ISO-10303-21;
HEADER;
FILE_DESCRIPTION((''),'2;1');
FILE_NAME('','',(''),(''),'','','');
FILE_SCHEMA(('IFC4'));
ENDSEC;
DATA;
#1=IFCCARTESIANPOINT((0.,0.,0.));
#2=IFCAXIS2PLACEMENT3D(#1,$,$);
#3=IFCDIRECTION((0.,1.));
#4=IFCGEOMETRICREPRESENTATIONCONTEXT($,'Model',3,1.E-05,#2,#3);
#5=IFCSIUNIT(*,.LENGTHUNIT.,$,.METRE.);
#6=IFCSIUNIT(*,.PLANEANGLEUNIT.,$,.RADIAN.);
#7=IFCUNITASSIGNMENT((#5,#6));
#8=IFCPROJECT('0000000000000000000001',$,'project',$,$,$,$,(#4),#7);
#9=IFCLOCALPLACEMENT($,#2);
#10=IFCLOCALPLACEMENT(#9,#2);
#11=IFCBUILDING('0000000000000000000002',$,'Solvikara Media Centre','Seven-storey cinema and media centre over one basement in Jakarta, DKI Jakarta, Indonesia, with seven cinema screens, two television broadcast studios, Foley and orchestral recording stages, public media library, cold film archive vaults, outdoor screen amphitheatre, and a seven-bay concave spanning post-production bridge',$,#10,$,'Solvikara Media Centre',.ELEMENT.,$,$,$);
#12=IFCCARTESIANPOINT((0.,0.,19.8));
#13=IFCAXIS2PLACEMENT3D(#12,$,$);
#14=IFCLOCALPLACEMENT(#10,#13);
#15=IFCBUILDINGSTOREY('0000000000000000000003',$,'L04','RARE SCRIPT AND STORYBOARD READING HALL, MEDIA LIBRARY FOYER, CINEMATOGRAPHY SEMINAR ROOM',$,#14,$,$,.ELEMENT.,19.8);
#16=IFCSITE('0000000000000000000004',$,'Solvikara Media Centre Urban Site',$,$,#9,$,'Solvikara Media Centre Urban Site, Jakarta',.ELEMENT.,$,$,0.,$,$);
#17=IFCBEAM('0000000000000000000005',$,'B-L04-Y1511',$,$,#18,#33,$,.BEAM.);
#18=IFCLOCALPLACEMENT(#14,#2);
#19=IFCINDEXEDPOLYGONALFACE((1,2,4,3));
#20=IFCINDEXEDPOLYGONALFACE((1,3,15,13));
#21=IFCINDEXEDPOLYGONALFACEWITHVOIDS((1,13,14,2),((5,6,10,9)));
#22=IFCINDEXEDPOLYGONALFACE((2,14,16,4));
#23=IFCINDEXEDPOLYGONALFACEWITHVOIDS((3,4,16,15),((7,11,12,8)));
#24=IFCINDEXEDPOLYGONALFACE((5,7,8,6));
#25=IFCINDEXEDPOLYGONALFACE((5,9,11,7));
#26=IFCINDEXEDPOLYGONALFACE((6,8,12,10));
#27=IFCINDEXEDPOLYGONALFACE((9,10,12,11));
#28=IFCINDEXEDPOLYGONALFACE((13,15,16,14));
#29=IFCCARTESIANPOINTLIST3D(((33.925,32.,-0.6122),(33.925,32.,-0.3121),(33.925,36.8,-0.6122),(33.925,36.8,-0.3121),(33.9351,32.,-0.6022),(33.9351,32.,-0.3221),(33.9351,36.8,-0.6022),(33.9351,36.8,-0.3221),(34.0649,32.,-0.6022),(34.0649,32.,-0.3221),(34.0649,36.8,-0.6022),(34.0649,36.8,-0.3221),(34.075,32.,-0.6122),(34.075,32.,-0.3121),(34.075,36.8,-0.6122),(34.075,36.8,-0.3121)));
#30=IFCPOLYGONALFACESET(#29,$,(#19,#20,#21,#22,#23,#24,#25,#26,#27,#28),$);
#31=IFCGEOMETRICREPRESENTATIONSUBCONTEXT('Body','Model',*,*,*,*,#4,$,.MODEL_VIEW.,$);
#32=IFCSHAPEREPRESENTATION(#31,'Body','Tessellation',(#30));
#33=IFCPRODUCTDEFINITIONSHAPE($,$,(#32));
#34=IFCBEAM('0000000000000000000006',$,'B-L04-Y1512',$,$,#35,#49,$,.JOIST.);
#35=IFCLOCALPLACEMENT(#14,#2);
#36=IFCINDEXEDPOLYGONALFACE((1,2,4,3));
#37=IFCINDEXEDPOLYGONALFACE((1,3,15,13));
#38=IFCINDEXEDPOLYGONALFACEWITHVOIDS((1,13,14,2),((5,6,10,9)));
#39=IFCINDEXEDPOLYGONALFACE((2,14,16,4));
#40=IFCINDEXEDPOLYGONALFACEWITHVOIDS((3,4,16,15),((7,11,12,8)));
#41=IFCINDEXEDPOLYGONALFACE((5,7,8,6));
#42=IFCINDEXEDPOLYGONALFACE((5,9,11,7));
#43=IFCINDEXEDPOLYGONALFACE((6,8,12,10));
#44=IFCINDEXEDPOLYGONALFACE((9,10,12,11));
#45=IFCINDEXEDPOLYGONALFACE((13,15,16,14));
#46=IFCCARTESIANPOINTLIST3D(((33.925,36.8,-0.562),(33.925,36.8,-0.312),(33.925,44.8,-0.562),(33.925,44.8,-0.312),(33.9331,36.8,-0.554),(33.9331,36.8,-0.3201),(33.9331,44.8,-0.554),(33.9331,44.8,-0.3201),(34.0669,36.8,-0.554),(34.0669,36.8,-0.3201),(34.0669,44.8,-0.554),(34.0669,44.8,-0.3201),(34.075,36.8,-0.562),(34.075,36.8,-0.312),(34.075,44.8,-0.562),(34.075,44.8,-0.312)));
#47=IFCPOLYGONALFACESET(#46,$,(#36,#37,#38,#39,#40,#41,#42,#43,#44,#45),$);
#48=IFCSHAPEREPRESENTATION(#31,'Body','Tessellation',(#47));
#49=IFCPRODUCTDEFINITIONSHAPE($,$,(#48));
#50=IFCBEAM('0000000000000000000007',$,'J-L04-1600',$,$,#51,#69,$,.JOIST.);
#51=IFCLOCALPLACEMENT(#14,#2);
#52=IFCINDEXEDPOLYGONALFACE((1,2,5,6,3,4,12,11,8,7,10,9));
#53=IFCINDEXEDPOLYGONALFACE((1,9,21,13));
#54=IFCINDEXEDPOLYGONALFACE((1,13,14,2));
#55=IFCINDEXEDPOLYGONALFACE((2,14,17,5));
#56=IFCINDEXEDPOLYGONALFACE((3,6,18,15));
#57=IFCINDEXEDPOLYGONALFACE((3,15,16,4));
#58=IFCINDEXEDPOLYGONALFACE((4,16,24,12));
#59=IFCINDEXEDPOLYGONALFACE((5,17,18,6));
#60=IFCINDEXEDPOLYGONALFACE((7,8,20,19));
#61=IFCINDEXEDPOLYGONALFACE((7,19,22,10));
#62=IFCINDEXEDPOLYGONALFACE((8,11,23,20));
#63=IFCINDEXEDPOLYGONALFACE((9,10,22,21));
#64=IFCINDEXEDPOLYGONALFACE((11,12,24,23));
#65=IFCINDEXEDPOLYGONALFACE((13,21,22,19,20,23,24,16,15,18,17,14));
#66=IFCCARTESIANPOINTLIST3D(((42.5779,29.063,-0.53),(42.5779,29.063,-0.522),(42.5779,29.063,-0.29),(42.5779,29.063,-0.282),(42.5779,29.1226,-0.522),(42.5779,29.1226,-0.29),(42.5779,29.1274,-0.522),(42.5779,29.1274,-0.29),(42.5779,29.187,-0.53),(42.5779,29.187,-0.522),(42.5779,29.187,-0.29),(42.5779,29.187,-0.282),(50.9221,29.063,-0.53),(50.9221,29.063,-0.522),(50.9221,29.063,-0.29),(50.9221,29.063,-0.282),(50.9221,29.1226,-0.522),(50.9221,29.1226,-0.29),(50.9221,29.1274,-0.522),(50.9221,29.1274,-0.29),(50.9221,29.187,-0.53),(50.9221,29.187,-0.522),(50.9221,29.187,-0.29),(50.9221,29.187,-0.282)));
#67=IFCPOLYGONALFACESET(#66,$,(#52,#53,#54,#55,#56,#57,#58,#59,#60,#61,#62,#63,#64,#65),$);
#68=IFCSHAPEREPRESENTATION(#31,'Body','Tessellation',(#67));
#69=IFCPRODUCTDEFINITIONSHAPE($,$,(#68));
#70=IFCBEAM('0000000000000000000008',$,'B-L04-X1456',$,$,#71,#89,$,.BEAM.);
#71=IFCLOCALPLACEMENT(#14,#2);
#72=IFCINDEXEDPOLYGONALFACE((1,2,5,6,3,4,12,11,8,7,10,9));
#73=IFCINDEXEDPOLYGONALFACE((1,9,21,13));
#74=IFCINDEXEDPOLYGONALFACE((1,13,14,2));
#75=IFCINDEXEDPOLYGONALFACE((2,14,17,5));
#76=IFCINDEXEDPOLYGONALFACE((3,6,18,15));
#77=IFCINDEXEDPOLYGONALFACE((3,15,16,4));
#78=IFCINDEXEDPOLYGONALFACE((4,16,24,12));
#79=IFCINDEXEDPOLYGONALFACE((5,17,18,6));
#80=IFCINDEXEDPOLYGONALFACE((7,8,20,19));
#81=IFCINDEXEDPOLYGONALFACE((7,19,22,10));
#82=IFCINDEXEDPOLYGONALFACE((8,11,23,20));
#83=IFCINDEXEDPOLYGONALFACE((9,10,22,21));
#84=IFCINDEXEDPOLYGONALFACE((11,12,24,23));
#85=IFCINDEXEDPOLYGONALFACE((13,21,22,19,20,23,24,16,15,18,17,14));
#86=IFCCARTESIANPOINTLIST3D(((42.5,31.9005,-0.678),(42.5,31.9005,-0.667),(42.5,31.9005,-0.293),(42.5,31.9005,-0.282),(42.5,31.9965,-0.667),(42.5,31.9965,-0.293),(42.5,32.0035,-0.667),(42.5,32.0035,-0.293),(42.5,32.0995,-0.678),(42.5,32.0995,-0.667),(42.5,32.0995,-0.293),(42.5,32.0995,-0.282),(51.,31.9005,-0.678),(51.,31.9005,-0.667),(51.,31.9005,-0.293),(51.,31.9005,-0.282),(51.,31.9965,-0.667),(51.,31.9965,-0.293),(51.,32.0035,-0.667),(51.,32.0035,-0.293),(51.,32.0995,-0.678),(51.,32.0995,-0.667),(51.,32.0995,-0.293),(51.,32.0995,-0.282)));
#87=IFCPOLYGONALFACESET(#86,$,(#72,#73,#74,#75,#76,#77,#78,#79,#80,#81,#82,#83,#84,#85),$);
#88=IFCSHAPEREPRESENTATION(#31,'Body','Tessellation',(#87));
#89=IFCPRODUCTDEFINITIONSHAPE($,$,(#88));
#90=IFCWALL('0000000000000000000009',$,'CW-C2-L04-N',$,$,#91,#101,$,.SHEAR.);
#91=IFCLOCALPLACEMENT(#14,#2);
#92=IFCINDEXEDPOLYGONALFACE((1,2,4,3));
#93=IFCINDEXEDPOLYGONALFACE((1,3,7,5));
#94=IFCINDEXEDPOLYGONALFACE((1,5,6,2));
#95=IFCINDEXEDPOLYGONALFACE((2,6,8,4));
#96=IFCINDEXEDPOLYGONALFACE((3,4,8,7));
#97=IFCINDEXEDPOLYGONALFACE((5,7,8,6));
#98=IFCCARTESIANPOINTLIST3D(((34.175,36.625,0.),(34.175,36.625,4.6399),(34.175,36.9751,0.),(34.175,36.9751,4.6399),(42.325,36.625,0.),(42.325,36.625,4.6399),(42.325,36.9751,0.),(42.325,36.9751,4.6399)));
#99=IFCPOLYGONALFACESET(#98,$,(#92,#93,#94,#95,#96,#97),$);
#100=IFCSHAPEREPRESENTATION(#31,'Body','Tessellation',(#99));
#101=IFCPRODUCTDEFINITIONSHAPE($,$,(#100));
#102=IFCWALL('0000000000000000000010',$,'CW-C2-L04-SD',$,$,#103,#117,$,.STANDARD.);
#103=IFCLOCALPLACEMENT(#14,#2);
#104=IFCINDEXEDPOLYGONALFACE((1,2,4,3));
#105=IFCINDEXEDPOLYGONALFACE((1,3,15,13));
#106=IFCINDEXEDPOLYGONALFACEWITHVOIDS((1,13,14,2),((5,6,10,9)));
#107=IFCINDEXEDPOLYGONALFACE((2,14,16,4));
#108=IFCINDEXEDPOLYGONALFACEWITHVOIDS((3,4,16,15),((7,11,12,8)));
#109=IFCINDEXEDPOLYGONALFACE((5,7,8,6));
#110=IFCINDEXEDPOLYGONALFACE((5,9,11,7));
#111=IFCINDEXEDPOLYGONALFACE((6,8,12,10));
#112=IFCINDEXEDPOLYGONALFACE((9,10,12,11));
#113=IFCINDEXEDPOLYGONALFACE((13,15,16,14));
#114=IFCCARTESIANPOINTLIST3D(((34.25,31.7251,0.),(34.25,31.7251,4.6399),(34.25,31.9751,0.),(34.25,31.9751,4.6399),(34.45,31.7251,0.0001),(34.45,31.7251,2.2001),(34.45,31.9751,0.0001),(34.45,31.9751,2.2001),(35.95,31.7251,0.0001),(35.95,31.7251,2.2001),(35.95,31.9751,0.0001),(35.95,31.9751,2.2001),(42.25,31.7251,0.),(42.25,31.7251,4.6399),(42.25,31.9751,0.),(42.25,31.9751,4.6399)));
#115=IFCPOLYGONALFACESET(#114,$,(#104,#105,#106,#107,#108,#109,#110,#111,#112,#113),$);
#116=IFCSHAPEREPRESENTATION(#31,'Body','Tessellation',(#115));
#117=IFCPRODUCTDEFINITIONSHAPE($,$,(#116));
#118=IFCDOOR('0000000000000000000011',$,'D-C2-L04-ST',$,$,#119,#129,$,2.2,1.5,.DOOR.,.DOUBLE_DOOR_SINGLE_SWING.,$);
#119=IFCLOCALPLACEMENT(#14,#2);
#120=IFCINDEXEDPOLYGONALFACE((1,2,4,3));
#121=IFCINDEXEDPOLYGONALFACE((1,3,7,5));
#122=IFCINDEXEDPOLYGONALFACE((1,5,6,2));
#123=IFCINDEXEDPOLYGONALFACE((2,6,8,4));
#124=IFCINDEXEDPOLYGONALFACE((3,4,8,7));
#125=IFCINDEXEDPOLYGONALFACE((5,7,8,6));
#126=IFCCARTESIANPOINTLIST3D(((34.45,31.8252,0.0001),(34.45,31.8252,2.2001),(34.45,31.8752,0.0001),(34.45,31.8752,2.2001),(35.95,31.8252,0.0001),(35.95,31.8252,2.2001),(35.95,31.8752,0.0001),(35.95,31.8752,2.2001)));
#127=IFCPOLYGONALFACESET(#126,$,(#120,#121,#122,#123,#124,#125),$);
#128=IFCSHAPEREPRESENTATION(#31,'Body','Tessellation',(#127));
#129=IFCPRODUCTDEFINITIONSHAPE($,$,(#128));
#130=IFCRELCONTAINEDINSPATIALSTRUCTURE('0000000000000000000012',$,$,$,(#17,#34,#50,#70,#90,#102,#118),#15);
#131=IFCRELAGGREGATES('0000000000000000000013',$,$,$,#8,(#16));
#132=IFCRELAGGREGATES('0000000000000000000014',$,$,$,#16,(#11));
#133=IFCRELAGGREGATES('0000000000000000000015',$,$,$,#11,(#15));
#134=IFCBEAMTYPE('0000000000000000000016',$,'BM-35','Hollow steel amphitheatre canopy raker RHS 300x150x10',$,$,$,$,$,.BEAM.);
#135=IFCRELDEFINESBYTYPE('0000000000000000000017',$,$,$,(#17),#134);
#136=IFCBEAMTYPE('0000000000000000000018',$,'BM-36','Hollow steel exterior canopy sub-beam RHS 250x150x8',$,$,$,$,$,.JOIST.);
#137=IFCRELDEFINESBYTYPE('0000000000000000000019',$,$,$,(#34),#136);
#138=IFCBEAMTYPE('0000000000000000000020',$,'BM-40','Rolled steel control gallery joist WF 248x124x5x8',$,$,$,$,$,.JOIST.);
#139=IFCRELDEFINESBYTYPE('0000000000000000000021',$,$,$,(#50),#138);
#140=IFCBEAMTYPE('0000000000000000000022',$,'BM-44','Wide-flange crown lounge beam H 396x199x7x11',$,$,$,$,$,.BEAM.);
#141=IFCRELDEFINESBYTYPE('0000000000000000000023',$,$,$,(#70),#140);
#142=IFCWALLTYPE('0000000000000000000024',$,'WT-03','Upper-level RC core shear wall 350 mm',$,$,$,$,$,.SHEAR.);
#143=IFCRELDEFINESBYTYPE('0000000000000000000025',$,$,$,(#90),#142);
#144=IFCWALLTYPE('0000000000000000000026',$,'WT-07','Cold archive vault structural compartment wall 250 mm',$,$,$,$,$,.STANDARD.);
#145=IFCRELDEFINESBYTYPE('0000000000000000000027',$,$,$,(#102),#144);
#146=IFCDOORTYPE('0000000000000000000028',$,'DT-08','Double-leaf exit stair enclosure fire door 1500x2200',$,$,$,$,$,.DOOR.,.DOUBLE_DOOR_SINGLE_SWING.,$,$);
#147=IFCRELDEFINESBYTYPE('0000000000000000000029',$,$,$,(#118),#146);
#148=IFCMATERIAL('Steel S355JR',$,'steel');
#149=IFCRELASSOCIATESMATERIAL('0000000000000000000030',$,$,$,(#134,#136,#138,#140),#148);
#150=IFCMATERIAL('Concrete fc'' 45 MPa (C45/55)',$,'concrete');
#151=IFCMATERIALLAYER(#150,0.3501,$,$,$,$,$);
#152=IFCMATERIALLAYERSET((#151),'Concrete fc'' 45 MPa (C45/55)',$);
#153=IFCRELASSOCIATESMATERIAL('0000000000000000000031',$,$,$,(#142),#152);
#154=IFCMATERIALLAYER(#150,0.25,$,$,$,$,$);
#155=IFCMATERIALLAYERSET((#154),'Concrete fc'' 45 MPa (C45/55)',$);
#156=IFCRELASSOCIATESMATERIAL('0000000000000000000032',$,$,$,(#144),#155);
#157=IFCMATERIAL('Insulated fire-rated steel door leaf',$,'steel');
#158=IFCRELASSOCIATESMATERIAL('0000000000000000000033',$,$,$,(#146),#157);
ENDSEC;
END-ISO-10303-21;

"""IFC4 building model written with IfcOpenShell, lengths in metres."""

from ifc_helpers import new_model, si_unit, direction, frame, frame_2d, origin, origin_2d, place, context, subcontext, project, spatial, rectangle, hollow_rectangle, i_section, extrude, material, layer, layer_set, material_profile, profile_set, type_object, element, fill, save


model = new_model("IFC4")

# Units and contexts
model_context = context("Model", 3, precision=1e-05, world=origin(), true_north=direction((0.0, 1.0)))
body_context = subcontext(model_context, "Body", "Model", "MODEL_VIEW")
ifc_project = project(units=[si_unit("LENGTHUNIT", "METRE"), si_unit("PLANEANGLEUNIT", "RADIAN")], contexts=[model_context])

# Site, building, storey
site_placement = place(None, origin())
site = spatial("IfcSite", under=ifc_project, at=site_placement, Name="Solvikara Media Centre Urban Site", LongName="Solvikara Media Centre Urban Site, Jakarta", CompositionType="ELEMENT", RefElevation=0.0)
building_placement = place(site_placement, origin())
building = spatial("IfcBuilding", under=site, at=building_placement, Name="Solvikara Media Centre", Description="Seven-storey cinema and media centre over one basement in Jakarta, DKI Jakarta, Indonesia, with seven cinema screens, two television broadcast studios, Foley and orchestral recording stages, public media library, cold film archive vaults, outdoor screen amphitheatre, and a seven-bay concave spanning post-production bridge", LongName="Solvikara Media Centre", CompositionType="ELEMENT")
storey_placement = place(building_placement, frame((0.0, 0.0, 19.8)))
storey = spatial("IfcBuildingStorey", under=building, at=storey_placement, Name="L04", Description="RARE SCRIPT AND STORYBOARD READING HALL, MEDIA LIBRARY FOYER, CINEMATOGRAPHY SEMINAR ROOM", CompositionType="ELEMENT", Elevation=19.8)

# Shared definitions
ifc_material_1 = material(Name="Concrete fc' 45 MPa (C45/55)", Category="concrete")

# Beams
ifc_material_2 = material(Name="Steel S355JR", Category="steel")
ifc_material_profile_1 = material_profile(ifc_material_2, hollow_rectangle(XDim=0.1499, YDim=0.3, WallThickness=0.01, at=origin_2d()), Name="RHS 300x150x10")
ifc_profile_set_1 = profile_set([ifc_material_profile_1], Name="Steel S355JR")
beam_type_1 = type_object("IfcBeamType", Name="BM-35", Description="Hollow steel amphitheatre canopy raker RHS 300x150x10", PredefinedType="BEAM", material=ifc_profile_set_1)
beam_1_placement = place(storey_placement, frame((34.0, 32.0, -0.4622), z_axis=(0.0, 1.0, 0.0), x_axis=(-1.0, 0.0, 0.0)))
element("IfcBeam", 1, at=beam_1_placement, inside=storey, type_object=beam_type_1, Name="B-L04-Y1511", PredefinedType="BEAM", context=body_context, shape_type="SweptSolid", body=[
    extrude(hollow_rectangle(XDim=0.1499, YDim=0.3, WallThickness=0.01, at=origin_2d()), origin(), (0.0, 0.0, 1.0), 4.8),
])
ifc_material_profile_2 = material_profile(ifc_material_2, hollow_rectangle(XDim=0.1499, YDim=0.25, WallThickness=0.0081, at=origin_2d()), Name="RHS 250x150x8")
ifc_profile_set_2 = profile_set([ifc_material_profile_2], Name="Steel S355JR")
beam_type_2 = type_object("IfcBeamType", Name="BM-36", Description="Hollow steel exterior canopy sub-beam RHS 250x150x8", PredefinedType="JOIST", material=ifc_profile_set_2)
beam_2_placement = place(storey_placement, frame((34.0, 36.8, -0.437), z_axis=(0.0, 1.0, 0.0), x_axis=(-1.0, 0.0, 0.0)))
element("IfcBeam", 2, at=beam_2_placement, inside=storey, type_object=beam_type_2, Name="B-L04-Y1512", PredefinedType="JOIST", context=body_context, shape_type="SweptSolid", body=[
    extrude(hollow_rectangle(XDim=0.1499, YDim=0.25, WallThickness=0.0081, at=origin_2d()), origin(), (0.0, 0.0, 1.0), 8.0),
])
ifc_material_profile_3 = material_profile(ifc_material_2, i_section(OverallWidth=0.124, OverallDepth=0.248, WebThickness=0.0049, FlangeThickness=0.0081, at=origin_2d()), Name="WF 248x124x5x8")
ifc_profile_set_3 = profile_set([ifc_material_profile_3], Name="Steel S355JR")
beam_type_3 = type_object("IfcBeamType", Name="BM-40", Description="Rolled steel control gallery joist WF 248x124x5x8", PredefinedType="JOIST", material=ifc_profile_set_3)
beam_3_placement = place(storey_placement, frame((42.5779, 29.125, -0.406), z_axis=(1.0, 0.0, 0.0), x_axis=(0.0, 1.0, 0.0)))
element("IfcBeam", 3, at=beam_3_placement, inside=storey, type_object=beam_type_3, Name="J-L04-1600", PredefinedType="JOIST", context=body_context, shape_type="SweptSolid", body=[
    extrude(i_section(OverallWidth=0.124, OverallDepth=0.248, WebThickness=0.0049, FlangeThickness=0.0081, at=origin_2d()), origin(), (0.0, 0.0, 1.0), 8.3442),
])
ifc_material_profile_4 = material_profile(ifc_material_2, i_section(OverallWidth=0.199, OverallDepth=0.396, WebThickness=0.0071, FlangeThickness=0.011, at=origin_2d()), Name="H 396x199x7x11")
ifc_profile_set_4 = profile_set([ifc_material_profile_4], Name="Steel S355JR")
beam_type_4 = type_object("IfcBeamType", Name="BM-44", Description="Wide-flange crown lounge beam H 396x199x7x11", PredefinedType="BEAM", material=ifc_profile_set_4)
beam_4_placement = place(storey_placement, frame((42.5, 32.0, -0.48), z_axis=(1.0, 0.0, 0.0), x_axis=(0.0, 1.0, 0.0)))
element("IfcBeam", 4, at=beam_4_placement, inside=storey, type_object=beam_type_4, Name="B-L04-X1456", PredefinedType="BEAM", context=body_context, shape_type="SweptSolid", body=[
    extrude(i_section(OverallWidth=0.199, OverallDepth=0.396, WebThickness=0.0071, FlangeThickness=0.011, at=origin_2d()), origin(), (0.0, 0.0, 1.0), 8.5),
])

# Wall
ifc_layer_1 = layer(ifc_material_1, 0.3501)
ifc_layer_set_1 = layer_set([ifc_layer_1], Name="Concrete fc' 45 MPa (C45/55)")
wall_type_1 = type_object("IfcWallType", Name="WT-03", Description="Upper-level RC core shear wall 350 mm", PredefinedType="SHEAR", material=ifc_layer_set_1)
wall_1_placement = place(storey_placement, frame((34.175, 36.8, 0.0), z_axis=(0.0, 0.0, 1.0), x_axis=(1.0, 0.0, 0.0)))
element("IfcWall", 5, at=wall_1_placement, inside=storey, type_object=wall_type_1, Name="CW-C2-L04-N", PredefinedType="SHEAR", context=body_context, shape_type="SweptSolid", body=[
    extrude(rectangle(XDim=8.1499, YDim=0.3501, at=frame_2d((4.075, 0.0))), origin(), (0.0, 0.0, 1.0), 4.6399),
])

# Wall, opening, door
ifc_layer_2 = layer(ifc_material_1, 0.25)
ifc_layer_set_2 = layer_set([ifc_layer_2], Name="Concrete fc' 45 MPa (C45/55)")
wall_type_2 = type_object("IfcWallType", Name="WT-07", Description="Cold archive vault structural compartment wall 250 mm", PredefinedType="STANDARD", material=ifc_layer_set_2)
wall_2_placement = place(storey_placement, frame((34.25, 31.8501, 0.0), z_axis=(0.0, 0.0, 1.0), x_axis=(1.0, 0.0, 0.0)))
wall_2 = element("IfcWall", 6, at=wall_2_placement, inside=storey, type_object=wall_type_2, Name="CW-C2-L04-SD", PredefinedType="STANDARD", context=body_context, shape_type="SweptSolid", body=[
    extrude(rectangle(XDim=8.0, YDim=0.25, at=frame_2d((4.0, 0.0))), origin(), (0.0, 0.0, 1.0), 4.6399),
])
opening_1_placement = place(wall_2_placement, frame((0.2, 0.0, 0.0)))
opening_1 = element("IfcOpeningElement", 7, at=opening_1_placement, cuts=wall_2, PredefinedType="OPENING", context=body_context, shape_type="SweptSolid", body=[
    extrude(rectangle(XDim=1.5, YDim=2.2, at=frame_2d((0.75, 1.1001))), frame((0.0, 0.137, 0.0), z_axis=(0.0, -1.0, 0.0), x_axis=(1.0, 0.0, 0.0)), (0.0, 0.0, 1.0), 0.2739),
])
ifc_material_3 = material(Name="Insulated fire-rated steel door leaf", Category="steel")
door_type_1 = type_object("IfcDoorType", Name="DT-08", Description="Double-leaf exit stair enclosure fire door 1500x2200", OperationType="DOUBLE_DOOR_SINGLE_SWING", PredefinedType="DOOR", material=ifc_material_3)
door_1_placement = place(opening_1_placement, frame((1.5, 0.0, 0.0), z_axis=(0.0, 0.0, 1.0), x_axis=(-1.0, 0.0, 0.0)))
door_1 = element("IfcDoor", 8, at=door_1_placement, inside=storey, type_object=door_type_1, Name="D-C2-L04-ST", OperationType="DOUBLE_DOOR_SINGLE_SWING", OverallHeight=2.2, OverallWidth=1.5, PredefinedType="DOOR", context=body_context, shape_type="SweptSolid", body=[
    extrude(rectangle(XDim=1.5, YDim=2.2, at=frame_2d((0.75, 1.1001))), frame((0.0, 0.0249, 0.0), z_axis=(0.0, -1.0, 0.0), x_axis=(1.0, 0.0, 0.0)), (0.0, 0.0, 1.0), 0.05),
])
fill(opening_1, door_1)

save(model, "model.ifc")
